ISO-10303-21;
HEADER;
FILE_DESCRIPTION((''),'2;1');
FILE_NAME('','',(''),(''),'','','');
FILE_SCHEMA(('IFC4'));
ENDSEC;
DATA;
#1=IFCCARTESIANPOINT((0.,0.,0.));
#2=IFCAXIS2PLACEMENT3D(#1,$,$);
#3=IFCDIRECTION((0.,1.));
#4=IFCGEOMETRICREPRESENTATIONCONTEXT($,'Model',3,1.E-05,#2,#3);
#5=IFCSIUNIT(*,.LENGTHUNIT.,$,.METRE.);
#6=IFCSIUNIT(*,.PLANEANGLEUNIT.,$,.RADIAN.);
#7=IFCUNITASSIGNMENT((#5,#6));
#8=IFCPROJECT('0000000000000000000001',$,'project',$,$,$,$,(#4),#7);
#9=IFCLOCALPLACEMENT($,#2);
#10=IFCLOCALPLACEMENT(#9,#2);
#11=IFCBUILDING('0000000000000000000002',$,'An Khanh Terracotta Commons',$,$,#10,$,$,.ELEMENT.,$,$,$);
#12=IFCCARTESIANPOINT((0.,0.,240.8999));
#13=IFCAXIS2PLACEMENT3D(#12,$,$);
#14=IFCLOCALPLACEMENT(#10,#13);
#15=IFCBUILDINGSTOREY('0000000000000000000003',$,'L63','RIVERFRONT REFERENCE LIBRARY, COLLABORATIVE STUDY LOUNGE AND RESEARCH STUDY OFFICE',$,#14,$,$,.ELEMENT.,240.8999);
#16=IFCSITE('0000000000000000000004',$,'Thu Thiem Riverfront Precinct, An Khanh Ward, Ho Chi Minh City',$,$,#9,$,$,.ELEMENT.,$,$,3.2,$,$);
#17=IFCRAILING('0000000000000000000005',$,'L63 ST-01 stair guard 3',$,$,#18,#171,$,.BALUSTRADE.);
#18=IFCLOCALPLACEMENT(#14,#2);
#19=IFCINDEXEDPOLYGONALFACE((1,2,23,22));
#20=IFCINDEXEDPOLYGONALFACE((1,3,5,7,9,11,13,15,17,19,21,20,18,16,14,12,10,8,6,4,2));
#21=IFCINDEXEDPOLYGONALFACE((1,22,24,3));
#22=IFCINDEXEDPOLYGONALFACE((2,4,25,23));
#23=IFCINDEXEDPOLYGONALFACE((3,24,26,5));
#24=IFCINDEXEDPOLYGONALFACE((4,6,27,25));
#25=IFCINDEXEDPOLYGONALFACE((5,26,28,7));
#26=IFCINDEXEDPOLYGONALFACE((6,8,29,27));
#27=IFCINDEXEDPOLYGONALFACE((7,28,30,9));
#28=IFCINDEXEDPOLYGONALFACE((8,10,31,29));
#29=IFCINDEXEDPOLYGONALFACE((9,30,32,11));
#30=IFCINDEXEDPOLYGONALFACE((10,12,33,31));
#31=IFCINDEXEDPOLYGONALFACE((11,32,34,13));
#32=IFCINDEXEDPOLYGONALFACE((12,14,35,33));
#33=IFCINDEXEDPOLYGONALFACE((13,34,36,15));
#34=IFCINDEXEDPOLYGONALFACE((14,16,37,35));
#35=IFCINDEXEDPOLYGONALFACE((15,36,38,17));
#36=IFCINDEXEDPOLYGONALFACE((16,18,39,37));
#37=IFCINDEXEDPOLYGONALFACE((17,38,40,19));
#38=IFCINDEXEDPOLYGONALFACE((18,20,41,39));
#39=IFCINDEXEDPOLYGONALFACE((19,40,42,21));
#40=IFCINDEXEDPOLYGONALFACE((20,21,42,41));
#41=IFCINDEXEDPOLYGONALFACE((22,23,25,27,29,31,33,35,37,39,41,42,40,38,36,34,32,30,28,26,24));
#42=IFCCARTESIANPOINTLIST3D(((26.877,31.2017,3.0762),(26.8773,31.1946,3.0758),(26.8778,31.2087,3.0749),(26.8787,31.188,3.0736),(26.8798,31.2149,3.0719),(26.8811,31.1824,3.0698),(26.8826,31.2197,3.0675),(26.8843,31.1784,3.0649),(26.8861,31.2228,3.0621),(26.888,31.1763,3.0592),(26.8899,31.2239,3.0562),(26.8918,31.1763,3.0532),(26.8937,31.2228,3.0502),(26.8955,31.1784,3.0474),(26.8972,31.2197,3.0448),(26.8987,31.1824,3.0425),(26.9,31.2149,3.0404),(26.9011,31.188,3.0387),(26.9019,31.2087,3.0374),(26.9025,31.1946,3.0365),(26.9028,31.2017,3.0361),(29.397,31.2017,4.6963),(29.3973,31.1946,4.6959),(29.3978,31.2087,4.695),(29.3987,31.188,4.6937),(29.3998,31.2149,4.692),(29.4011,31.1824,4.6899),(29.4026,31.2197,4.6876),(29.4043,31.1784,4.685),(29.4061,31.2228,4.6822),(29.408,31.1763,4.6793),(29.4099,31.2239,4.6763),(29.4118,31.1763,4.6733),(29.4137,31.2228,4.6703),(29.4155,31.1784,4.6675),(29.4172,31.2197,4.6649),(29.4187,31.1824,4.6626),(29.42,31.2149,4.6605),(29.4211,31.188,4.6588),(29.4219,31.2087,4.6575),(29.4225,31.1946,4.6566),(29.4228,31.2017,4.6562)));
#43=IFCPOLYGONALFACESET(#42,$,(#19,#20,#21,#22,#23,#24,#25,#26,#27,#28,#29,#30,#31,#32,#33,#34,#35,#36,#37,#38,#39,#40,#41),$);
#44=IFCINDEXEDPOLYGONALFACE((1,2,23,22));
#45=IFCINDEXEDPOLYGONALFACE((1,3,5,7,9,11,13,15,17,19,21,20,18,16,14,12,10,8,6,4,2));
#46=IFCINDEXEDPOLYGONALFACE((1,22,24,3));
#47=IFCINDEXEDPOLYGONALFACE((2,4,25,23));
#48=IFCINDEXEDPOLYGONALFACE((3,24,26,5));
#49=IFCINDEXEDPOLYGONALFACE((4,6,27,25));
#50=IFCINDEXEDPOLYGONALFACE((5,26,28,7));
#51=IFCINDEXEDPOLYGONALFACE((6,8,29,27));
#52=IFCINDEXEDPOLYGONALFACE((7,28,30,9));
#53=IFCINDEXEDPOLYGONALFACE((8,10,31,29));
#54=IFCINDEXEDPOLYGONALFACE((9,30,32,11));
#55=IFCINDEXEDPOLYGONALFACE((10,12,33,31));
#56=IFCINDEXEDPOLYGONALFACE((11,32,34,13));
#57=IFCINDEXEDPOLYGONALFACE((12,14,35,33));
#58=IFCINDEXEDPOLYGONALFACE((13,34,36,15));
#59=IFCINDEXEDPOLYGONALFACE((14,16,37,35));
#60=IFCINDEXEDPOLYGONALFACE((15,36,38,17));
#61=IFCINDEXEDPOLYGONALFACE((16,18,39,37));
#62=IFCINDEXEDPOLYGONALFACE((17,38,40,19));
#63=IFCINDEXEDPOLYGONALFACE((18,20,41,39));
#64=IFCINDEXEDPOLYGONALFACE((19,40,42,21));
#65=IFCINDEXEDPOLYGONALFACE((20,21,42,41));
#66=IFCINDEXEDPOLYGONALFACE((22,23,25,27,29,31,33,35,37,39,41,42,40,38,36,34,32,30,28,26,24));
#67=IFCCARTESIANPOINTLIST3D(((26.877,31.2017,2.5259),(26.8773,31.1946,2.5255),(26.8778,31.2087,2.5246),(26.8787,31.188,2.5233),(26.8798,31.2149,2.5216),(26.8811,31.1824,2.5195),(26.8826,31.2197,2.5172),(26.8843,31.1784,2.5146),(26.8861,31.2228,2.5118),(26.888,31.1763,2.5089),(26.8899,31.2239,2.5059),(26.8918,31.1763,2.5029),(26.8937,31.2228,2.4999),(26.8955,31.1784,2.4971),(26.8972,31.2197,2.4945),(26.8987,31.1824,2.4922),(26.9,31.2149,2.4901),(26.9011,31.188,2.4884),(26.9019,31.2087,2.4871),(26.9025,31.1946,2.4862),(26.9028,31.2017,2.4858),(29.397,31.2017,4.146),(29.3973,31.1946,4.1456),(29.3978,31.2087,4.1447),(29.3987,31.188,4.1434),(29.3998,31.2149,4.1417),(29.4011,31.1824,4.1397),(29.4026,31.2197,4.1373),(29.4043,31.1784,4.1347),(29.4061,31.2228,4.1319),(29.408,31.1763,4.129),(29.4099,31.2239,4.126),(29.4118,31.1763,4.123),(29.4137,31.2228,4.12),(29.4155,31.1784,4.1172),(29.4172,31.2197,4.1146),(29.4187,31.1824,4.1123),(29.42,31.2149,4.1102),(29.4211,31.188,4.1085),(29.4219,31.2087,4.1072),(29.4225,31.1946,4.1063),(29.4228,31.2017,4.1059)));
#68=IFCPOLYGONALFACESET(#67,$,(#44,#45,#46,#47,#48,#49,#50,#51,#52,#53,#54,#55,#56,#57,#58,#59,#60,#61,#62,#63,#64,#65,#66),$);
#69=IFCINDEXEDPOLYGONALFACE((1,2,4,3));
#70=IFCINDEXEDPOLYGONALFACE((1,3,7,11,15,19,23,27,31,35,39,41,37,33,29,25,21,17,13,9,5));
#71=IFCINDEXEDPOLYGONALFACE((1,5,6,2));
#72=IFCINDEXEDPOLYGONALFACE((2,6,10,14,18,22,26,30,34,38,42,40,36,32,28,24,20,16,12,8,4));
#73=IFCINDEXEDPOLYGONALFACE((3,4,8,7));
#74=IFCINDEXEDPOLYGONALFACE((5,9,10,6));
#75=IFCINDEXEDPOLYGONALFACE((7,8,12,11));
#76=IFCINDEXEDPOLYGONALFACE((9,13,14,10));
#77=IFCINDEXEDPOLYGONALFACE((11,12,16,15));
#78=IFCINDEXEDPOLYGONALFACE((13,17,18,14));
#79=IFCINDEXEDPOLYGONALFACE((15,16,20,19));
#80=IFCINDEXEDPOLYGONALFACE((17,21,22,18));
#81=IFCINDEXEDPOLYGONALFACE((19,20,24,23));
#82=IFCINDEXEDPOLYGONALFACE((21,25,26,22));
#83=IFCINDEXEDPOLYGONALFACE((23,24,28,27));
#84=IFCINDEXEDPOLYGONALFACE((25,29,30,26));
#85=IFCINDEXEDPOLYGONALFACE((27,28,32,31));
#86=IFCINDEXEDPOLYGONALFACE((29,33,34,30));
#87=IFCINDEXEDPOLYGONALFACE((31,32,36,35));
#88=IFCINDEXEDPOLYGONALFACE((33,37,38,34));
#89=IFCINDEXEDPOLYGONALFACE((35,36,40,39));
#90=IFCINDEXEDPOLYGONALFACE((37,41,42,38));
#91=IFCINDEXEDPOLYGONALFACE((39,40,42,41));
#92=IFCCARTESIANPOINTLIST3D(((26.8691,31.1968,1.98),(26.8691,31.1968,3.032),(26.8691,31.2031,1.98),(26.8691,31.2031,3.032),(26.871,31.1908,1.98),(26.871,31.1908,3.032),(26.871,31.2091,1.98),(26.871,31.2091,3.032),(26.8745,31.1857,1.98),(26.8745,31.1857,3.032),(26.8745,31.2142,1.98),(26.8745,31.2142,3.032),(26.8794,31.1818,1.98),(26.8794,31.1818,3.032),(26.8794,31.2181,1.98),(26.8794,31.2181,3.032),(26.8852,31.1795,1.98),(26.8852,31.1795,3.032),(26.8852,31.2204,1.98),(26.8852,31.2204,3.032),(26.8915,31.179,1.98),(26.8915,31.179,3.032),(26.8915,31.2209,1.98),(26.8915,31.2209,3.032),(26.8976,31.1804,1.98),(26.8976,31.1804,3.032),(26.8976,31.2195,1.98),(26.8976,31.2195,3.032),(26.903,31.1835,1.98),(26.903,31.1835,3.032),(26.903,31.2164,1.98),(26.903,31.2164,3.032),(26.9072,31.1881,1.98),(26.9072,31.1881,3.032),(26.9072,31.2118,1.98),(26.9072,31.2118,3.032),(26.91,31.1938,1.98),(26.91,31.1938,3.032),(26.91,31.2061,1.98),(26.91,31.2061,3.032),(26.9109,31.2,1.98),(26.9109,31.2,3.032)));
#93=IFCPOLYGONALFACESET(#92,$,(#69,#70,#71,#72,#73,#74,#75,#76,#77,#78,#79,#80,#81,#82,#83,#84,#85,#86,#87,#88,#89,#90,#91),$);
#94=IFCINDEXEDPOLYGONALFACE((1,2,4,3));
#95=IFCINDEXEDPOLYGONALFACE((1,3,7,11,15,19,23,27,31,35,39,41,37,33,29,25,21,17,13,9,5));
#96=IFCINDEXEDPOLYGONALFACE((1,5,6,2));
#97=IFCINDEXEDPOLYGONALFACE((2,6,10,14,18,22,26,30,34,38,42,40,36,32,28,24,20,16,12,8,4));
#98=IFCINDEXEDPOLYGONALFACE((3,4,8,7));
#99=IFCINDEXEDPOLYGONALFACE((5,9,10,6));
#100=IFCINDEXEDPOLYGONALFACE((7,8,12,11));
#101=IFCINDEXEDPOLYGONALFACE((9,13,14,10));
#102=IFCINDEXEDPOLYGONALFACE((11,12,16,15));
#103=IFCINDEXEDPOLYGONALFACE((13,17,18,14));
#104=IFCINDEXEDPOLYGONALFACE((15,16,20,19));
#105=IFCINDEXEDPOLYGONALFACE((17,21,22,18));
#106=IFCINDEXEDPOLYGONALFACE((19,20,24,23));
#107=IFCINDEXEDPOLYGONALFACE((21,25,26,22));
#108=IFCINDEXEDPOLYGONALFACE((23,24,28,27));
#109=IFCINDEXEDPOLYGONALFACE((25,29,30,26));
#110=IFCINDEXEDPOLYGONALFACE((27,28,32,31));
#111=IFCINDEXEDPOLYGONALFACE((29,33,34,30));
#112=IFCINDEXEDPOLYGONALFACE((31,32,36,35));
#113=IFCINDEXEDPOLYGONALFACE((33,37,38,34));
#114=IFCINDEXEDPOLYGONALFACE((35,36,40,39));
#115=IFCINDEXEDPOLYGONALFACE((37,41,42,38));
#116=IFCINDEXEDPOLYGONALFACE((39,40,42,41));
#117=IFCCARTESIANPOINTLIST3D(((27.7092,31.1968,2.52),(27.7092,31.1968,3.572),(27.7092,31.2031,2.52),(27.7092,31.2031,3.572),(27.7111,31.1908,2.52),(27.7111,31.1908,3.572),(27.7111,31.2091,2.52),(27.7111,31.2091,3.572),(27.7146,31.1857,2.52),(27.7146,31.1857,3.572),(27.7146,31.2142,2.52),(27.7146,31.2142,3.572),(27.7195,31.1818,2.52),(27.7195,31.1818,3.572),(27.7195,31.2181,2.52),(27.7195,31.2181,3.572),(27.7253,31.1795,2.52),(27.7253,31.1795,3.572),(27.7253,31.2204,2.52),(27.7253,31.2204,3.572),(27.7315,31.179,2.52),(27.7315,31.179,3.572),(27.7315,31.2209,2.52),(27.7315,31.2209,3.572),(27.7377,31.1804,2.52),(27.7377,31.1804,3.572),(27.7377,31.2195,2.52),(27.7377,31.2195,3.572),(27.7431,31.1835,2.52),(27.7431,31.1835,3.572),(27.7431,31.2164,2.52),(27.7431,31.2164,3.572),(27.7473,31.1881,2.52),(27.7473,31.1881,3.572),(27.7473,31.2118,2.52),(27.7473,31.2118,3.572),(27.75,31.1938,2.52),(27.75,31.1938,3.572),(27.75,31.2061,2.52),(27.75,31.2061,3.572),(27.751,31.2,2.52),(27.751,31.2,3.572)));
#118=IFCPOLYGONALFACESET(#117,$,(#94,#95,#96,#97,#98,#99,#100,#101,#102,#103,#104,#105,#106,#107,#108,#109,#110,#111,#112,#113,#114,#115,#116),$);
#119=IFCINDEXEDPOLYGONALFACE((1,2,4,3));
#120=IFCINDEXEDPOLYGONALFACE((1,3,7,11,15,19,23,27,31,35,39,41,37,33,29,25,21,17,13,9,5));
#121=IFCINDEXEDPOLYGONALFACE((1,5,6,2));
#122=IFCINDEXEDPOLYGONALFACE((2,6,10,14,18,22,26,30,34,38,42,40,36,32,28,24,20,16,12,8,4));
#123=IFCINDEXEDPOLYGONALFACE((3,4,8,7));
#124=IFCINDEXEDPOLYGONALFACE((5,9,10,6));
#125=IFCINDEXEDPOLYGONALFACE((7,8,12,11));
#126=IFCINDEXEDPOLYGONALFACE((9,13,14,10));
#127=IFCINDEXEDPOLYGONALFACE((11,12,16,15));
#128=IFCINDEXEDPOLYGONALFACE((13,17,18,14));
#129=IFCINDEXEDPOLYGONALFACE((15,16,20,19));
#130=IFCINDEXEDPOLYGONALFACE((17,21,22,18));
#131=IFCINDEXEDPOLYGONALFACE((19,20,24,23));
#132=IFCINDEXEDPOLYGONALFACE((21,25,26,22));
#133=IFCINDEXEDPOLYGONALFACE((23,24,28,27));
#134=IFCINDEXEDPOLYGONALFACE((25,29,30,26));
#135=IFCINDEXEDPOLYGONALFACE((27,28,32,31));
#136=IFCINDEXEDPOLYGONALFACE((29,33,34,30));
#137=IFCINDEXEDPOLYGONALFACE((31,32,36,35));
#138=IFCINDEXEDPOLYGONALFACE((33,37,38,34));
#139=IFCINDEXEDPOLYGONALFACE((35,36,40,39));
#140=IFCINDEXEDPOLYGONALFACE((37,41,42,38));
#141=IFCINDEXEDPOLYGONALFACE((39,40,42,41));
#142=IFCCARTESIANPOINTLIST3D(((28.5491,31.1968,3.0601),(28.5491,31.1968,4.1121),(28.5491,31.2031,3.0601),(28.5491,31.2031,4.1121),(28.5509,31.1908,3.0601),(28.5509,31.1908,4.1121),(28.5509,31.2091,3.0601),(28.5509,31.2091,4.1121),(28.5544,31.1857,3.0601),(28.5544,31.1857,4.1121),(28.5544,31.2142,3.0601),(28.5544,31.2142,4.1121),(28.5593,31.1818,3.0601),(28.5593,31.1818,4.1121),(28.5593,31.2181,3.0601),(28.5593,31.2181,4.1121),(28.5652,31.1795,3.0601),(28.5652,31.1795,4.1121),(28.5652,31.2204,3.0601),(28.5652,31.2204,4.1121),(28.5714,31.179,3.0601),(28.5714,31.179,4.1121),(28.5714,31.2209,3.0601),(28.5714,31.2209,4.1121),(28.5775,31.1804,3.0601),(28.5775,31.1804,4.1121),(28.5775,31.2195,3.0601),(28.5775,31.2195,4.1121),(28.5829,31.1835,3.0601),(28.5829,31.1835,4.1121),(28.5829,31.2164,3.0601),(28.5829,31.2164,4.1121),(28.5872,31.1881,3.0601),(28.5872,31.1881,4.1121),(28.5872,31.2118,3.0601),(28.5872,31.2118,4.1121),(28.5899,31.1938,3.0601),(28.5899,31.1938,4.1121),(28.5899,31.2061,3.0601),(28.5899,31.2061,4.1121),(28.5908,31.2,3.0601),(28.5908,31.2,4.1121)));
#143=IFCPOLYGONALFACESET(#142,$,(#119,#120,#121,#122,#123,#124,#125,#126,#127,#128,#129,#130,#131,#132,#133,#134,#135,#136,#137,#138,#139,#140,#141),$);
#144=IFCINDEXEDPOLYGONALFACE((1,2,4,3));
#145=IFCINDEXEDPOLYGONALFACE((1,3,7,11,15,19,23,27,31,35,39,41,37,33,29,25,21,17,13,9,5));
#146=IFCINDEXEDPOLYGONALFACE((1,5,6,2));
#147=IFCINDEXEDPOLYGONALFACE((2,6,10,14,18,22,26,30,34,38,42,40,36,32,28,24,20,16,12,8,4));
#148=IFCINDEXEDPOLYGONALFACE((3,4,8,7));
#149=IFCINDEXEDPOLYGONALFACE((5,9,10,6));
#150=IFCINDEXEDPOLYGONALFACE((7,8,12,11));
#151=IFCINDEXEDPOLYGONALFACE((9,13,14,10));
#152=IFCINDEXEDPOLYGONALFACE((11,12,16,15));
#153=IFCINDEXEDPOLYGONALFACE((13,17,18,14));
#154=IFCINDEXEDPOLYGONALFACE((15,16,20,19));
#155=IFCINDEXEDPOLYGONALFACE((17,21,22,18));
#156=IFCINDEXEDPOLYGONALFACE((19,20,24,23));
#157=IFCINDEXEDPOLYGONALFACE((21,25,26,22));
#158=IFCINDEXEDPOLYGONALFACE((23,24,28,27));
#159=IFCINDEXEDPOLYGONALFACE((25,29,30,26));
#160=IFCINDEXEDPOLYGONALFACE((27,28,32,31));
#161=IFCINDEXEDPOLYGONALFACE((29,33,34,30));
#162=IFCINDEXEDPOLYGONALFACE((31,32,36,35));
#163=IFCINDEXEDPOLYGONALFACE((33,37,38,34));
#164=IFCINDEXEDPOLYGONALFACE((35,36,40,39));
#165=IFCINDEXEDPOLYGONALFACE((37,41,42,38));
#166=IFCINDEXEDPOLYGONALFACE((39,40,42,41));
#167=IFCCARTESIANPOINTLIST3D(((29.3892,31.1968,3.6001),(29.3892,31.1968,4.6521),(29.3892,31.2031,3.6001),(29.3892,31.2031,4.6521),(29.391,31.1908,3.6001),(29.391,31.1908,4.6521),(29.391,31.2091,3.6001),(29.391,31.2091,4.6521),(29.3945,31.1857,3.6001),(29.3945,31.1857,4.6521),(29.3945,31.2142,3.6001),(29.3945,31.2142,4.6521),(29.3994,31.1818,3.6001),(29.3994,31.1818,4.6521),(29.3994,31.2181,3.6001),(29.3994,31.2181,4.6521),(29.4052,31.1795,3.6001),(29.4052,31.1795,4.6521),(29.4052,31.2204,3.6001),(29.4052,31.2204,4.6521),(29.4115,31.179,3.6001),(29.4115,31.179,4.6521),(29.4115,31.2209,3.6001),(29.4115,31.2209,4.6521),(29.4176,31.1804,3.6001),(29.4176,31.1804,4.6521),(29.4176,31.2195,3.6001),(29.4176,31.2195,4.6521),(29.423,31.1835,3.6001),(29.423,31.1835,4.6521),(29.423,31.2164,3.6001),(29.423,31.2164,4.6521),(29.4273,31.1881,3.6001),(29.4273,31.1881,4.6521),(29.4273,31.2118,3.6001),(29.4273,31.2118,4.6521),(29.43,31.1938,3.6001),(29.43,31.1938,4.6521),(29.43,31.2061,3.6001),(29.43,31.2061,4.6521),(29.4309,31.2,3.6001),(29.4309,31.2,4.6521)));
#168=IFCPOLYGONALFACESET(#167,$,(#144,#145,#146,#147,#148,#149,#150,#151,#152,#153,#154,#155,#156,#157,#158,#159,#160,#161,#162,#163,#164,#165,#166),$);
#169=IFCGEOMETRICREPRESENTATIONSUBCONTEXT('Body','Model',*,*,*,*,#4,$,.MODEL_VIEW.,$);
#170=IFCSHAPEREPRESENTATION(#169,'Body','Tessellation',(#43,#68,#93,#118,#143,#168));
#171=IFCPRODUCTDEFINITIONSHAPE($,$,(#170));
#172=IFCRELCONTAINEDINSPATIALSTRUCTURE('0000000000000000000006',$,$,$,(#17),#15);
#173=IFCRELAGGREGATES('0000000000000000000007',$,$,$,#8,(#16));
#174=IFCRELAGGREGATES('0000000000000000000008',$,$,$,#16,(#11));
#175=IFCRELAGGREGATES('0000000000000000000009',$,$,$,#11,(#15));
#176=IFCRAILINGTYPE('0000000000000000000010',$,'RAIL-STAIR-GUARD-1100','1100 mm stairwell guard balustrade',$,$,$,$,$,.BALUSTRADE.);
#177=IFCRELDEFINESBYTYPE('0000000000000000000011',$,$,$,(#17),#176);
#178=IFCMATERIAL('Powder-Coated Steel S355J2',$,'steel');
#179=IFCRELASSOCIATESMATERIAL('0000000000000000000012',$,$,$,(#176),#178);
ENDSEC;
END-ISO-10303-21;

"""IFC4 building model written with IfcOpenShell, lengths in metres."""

from ifc_helpers import new_model, si_unit, direction, frame, origin, origin_2d, place, context, subcontext, project, spatial, circle, extrude, material, type_object, element, save


model = new_model("IFC4")

# Units and contexts
model_context = context("Model", 3, precision=1e-05, world=origin(), true_north=direction((0.0, 1.0)))
body_context = subcontext(model_context, "Body", "Model", "MODEL_VIEW")
ifc_project = project(units=[si_unit("LENGTHUNIT", "METRE"), si_unit("PLANEANGLEUNIT", "RADIAN")], contexts=[model_context])

# Site, building, storey
site_placement = place(None, origin())
site = spatial("IfcSite", under=ifc_project, at=site_placement, Name="Thu Thiem Riverfront Precinct, An Khanh Ward, Ho Chi Minh City", CompositionType="ELEMENT", RefElevation=3.2)
building_placement = place(site_placement, origin())
building = spatial("IfcBuilding", under=site, at=building_placement, Name="An Khanh Terracotta Commons", CompositionType="ELEMENT")
storey_placement = place(building_placement, frame((0.0, 0.0, 240.8999)))
storey = spatial("IfcBuildingStorey", under=building, at=storey_placement, Name="L63", Description="RIVERFRONT REFERENCE LIBRARY, COLLABORATIVE STUDY LOUNGE AND RESEARCH STUDY OFFICE", CompositionType="ELEMENT", Elevation=240.8999)

# Railing
ifc_material_1 = material(Name="Powder-Coated Steel S355J2", Category="steel")
railing_type_1 = type_object("IfcRailingType", Name="RAIL-STAIR-GUARD-1100", Description="1100 mm stairwell guard balustrade", PredefinedType="BALUSTRADE", material=ifc_material_1)
railing_1_placement = place(storey_placement, frame((26.8899, 31.2, 1.98)))
element("IfcRailing", 1, at=railing_1_placement, inside=storey, type_object=railing_type_1, Name="L63 ST-01 stair guard 3", PredefinedType="BALUSTRADE", context=body_context, shape_type="SweptSolid", body=[
    extrude(circle(Radius=0.0239, at=origin_2d()), frame((0.0, 0.0, 1.0762), z_axis=(0.841163, 0.0, 0.540782), x_axis=(0.0, 1.0, 0.0)), (0.0, 0.0, 1.0), 2.9958),
    extrude(circle(Radius=0.0239, at=origin_2d()), frame((0.0, 0.0, 0.5259), z_axis=(0.841163, 0.0, 0.540782), x_axis=(0.0, 1.0, 0.0)), (0.0, 0.0, 1.0), 2.9958),
    extrude(circle(Radius=0.021, at=origin_2d()), origin(), (0.0, 0.0, 1.0), 1.052),
    extrude(circle(Radius=0.021, at=origin_2d()), frame((0.8401, 0.0, 0.54)), (0.0, 0.0, 1.0), 1.052),
    extrude(circle(Radius=0.021, at=origin_2d()), frame((1.6799, 0.0, 1.0801)), (0.0, 0.0, 1.0), 1.052),
    extrude(circle(Radius=0.021, at=origin_2d()), frame((2.52, 0.0, 1.6201)), (0.0, 0.0, 1.0), 1.052),
])

save(model, "model.ifc")
